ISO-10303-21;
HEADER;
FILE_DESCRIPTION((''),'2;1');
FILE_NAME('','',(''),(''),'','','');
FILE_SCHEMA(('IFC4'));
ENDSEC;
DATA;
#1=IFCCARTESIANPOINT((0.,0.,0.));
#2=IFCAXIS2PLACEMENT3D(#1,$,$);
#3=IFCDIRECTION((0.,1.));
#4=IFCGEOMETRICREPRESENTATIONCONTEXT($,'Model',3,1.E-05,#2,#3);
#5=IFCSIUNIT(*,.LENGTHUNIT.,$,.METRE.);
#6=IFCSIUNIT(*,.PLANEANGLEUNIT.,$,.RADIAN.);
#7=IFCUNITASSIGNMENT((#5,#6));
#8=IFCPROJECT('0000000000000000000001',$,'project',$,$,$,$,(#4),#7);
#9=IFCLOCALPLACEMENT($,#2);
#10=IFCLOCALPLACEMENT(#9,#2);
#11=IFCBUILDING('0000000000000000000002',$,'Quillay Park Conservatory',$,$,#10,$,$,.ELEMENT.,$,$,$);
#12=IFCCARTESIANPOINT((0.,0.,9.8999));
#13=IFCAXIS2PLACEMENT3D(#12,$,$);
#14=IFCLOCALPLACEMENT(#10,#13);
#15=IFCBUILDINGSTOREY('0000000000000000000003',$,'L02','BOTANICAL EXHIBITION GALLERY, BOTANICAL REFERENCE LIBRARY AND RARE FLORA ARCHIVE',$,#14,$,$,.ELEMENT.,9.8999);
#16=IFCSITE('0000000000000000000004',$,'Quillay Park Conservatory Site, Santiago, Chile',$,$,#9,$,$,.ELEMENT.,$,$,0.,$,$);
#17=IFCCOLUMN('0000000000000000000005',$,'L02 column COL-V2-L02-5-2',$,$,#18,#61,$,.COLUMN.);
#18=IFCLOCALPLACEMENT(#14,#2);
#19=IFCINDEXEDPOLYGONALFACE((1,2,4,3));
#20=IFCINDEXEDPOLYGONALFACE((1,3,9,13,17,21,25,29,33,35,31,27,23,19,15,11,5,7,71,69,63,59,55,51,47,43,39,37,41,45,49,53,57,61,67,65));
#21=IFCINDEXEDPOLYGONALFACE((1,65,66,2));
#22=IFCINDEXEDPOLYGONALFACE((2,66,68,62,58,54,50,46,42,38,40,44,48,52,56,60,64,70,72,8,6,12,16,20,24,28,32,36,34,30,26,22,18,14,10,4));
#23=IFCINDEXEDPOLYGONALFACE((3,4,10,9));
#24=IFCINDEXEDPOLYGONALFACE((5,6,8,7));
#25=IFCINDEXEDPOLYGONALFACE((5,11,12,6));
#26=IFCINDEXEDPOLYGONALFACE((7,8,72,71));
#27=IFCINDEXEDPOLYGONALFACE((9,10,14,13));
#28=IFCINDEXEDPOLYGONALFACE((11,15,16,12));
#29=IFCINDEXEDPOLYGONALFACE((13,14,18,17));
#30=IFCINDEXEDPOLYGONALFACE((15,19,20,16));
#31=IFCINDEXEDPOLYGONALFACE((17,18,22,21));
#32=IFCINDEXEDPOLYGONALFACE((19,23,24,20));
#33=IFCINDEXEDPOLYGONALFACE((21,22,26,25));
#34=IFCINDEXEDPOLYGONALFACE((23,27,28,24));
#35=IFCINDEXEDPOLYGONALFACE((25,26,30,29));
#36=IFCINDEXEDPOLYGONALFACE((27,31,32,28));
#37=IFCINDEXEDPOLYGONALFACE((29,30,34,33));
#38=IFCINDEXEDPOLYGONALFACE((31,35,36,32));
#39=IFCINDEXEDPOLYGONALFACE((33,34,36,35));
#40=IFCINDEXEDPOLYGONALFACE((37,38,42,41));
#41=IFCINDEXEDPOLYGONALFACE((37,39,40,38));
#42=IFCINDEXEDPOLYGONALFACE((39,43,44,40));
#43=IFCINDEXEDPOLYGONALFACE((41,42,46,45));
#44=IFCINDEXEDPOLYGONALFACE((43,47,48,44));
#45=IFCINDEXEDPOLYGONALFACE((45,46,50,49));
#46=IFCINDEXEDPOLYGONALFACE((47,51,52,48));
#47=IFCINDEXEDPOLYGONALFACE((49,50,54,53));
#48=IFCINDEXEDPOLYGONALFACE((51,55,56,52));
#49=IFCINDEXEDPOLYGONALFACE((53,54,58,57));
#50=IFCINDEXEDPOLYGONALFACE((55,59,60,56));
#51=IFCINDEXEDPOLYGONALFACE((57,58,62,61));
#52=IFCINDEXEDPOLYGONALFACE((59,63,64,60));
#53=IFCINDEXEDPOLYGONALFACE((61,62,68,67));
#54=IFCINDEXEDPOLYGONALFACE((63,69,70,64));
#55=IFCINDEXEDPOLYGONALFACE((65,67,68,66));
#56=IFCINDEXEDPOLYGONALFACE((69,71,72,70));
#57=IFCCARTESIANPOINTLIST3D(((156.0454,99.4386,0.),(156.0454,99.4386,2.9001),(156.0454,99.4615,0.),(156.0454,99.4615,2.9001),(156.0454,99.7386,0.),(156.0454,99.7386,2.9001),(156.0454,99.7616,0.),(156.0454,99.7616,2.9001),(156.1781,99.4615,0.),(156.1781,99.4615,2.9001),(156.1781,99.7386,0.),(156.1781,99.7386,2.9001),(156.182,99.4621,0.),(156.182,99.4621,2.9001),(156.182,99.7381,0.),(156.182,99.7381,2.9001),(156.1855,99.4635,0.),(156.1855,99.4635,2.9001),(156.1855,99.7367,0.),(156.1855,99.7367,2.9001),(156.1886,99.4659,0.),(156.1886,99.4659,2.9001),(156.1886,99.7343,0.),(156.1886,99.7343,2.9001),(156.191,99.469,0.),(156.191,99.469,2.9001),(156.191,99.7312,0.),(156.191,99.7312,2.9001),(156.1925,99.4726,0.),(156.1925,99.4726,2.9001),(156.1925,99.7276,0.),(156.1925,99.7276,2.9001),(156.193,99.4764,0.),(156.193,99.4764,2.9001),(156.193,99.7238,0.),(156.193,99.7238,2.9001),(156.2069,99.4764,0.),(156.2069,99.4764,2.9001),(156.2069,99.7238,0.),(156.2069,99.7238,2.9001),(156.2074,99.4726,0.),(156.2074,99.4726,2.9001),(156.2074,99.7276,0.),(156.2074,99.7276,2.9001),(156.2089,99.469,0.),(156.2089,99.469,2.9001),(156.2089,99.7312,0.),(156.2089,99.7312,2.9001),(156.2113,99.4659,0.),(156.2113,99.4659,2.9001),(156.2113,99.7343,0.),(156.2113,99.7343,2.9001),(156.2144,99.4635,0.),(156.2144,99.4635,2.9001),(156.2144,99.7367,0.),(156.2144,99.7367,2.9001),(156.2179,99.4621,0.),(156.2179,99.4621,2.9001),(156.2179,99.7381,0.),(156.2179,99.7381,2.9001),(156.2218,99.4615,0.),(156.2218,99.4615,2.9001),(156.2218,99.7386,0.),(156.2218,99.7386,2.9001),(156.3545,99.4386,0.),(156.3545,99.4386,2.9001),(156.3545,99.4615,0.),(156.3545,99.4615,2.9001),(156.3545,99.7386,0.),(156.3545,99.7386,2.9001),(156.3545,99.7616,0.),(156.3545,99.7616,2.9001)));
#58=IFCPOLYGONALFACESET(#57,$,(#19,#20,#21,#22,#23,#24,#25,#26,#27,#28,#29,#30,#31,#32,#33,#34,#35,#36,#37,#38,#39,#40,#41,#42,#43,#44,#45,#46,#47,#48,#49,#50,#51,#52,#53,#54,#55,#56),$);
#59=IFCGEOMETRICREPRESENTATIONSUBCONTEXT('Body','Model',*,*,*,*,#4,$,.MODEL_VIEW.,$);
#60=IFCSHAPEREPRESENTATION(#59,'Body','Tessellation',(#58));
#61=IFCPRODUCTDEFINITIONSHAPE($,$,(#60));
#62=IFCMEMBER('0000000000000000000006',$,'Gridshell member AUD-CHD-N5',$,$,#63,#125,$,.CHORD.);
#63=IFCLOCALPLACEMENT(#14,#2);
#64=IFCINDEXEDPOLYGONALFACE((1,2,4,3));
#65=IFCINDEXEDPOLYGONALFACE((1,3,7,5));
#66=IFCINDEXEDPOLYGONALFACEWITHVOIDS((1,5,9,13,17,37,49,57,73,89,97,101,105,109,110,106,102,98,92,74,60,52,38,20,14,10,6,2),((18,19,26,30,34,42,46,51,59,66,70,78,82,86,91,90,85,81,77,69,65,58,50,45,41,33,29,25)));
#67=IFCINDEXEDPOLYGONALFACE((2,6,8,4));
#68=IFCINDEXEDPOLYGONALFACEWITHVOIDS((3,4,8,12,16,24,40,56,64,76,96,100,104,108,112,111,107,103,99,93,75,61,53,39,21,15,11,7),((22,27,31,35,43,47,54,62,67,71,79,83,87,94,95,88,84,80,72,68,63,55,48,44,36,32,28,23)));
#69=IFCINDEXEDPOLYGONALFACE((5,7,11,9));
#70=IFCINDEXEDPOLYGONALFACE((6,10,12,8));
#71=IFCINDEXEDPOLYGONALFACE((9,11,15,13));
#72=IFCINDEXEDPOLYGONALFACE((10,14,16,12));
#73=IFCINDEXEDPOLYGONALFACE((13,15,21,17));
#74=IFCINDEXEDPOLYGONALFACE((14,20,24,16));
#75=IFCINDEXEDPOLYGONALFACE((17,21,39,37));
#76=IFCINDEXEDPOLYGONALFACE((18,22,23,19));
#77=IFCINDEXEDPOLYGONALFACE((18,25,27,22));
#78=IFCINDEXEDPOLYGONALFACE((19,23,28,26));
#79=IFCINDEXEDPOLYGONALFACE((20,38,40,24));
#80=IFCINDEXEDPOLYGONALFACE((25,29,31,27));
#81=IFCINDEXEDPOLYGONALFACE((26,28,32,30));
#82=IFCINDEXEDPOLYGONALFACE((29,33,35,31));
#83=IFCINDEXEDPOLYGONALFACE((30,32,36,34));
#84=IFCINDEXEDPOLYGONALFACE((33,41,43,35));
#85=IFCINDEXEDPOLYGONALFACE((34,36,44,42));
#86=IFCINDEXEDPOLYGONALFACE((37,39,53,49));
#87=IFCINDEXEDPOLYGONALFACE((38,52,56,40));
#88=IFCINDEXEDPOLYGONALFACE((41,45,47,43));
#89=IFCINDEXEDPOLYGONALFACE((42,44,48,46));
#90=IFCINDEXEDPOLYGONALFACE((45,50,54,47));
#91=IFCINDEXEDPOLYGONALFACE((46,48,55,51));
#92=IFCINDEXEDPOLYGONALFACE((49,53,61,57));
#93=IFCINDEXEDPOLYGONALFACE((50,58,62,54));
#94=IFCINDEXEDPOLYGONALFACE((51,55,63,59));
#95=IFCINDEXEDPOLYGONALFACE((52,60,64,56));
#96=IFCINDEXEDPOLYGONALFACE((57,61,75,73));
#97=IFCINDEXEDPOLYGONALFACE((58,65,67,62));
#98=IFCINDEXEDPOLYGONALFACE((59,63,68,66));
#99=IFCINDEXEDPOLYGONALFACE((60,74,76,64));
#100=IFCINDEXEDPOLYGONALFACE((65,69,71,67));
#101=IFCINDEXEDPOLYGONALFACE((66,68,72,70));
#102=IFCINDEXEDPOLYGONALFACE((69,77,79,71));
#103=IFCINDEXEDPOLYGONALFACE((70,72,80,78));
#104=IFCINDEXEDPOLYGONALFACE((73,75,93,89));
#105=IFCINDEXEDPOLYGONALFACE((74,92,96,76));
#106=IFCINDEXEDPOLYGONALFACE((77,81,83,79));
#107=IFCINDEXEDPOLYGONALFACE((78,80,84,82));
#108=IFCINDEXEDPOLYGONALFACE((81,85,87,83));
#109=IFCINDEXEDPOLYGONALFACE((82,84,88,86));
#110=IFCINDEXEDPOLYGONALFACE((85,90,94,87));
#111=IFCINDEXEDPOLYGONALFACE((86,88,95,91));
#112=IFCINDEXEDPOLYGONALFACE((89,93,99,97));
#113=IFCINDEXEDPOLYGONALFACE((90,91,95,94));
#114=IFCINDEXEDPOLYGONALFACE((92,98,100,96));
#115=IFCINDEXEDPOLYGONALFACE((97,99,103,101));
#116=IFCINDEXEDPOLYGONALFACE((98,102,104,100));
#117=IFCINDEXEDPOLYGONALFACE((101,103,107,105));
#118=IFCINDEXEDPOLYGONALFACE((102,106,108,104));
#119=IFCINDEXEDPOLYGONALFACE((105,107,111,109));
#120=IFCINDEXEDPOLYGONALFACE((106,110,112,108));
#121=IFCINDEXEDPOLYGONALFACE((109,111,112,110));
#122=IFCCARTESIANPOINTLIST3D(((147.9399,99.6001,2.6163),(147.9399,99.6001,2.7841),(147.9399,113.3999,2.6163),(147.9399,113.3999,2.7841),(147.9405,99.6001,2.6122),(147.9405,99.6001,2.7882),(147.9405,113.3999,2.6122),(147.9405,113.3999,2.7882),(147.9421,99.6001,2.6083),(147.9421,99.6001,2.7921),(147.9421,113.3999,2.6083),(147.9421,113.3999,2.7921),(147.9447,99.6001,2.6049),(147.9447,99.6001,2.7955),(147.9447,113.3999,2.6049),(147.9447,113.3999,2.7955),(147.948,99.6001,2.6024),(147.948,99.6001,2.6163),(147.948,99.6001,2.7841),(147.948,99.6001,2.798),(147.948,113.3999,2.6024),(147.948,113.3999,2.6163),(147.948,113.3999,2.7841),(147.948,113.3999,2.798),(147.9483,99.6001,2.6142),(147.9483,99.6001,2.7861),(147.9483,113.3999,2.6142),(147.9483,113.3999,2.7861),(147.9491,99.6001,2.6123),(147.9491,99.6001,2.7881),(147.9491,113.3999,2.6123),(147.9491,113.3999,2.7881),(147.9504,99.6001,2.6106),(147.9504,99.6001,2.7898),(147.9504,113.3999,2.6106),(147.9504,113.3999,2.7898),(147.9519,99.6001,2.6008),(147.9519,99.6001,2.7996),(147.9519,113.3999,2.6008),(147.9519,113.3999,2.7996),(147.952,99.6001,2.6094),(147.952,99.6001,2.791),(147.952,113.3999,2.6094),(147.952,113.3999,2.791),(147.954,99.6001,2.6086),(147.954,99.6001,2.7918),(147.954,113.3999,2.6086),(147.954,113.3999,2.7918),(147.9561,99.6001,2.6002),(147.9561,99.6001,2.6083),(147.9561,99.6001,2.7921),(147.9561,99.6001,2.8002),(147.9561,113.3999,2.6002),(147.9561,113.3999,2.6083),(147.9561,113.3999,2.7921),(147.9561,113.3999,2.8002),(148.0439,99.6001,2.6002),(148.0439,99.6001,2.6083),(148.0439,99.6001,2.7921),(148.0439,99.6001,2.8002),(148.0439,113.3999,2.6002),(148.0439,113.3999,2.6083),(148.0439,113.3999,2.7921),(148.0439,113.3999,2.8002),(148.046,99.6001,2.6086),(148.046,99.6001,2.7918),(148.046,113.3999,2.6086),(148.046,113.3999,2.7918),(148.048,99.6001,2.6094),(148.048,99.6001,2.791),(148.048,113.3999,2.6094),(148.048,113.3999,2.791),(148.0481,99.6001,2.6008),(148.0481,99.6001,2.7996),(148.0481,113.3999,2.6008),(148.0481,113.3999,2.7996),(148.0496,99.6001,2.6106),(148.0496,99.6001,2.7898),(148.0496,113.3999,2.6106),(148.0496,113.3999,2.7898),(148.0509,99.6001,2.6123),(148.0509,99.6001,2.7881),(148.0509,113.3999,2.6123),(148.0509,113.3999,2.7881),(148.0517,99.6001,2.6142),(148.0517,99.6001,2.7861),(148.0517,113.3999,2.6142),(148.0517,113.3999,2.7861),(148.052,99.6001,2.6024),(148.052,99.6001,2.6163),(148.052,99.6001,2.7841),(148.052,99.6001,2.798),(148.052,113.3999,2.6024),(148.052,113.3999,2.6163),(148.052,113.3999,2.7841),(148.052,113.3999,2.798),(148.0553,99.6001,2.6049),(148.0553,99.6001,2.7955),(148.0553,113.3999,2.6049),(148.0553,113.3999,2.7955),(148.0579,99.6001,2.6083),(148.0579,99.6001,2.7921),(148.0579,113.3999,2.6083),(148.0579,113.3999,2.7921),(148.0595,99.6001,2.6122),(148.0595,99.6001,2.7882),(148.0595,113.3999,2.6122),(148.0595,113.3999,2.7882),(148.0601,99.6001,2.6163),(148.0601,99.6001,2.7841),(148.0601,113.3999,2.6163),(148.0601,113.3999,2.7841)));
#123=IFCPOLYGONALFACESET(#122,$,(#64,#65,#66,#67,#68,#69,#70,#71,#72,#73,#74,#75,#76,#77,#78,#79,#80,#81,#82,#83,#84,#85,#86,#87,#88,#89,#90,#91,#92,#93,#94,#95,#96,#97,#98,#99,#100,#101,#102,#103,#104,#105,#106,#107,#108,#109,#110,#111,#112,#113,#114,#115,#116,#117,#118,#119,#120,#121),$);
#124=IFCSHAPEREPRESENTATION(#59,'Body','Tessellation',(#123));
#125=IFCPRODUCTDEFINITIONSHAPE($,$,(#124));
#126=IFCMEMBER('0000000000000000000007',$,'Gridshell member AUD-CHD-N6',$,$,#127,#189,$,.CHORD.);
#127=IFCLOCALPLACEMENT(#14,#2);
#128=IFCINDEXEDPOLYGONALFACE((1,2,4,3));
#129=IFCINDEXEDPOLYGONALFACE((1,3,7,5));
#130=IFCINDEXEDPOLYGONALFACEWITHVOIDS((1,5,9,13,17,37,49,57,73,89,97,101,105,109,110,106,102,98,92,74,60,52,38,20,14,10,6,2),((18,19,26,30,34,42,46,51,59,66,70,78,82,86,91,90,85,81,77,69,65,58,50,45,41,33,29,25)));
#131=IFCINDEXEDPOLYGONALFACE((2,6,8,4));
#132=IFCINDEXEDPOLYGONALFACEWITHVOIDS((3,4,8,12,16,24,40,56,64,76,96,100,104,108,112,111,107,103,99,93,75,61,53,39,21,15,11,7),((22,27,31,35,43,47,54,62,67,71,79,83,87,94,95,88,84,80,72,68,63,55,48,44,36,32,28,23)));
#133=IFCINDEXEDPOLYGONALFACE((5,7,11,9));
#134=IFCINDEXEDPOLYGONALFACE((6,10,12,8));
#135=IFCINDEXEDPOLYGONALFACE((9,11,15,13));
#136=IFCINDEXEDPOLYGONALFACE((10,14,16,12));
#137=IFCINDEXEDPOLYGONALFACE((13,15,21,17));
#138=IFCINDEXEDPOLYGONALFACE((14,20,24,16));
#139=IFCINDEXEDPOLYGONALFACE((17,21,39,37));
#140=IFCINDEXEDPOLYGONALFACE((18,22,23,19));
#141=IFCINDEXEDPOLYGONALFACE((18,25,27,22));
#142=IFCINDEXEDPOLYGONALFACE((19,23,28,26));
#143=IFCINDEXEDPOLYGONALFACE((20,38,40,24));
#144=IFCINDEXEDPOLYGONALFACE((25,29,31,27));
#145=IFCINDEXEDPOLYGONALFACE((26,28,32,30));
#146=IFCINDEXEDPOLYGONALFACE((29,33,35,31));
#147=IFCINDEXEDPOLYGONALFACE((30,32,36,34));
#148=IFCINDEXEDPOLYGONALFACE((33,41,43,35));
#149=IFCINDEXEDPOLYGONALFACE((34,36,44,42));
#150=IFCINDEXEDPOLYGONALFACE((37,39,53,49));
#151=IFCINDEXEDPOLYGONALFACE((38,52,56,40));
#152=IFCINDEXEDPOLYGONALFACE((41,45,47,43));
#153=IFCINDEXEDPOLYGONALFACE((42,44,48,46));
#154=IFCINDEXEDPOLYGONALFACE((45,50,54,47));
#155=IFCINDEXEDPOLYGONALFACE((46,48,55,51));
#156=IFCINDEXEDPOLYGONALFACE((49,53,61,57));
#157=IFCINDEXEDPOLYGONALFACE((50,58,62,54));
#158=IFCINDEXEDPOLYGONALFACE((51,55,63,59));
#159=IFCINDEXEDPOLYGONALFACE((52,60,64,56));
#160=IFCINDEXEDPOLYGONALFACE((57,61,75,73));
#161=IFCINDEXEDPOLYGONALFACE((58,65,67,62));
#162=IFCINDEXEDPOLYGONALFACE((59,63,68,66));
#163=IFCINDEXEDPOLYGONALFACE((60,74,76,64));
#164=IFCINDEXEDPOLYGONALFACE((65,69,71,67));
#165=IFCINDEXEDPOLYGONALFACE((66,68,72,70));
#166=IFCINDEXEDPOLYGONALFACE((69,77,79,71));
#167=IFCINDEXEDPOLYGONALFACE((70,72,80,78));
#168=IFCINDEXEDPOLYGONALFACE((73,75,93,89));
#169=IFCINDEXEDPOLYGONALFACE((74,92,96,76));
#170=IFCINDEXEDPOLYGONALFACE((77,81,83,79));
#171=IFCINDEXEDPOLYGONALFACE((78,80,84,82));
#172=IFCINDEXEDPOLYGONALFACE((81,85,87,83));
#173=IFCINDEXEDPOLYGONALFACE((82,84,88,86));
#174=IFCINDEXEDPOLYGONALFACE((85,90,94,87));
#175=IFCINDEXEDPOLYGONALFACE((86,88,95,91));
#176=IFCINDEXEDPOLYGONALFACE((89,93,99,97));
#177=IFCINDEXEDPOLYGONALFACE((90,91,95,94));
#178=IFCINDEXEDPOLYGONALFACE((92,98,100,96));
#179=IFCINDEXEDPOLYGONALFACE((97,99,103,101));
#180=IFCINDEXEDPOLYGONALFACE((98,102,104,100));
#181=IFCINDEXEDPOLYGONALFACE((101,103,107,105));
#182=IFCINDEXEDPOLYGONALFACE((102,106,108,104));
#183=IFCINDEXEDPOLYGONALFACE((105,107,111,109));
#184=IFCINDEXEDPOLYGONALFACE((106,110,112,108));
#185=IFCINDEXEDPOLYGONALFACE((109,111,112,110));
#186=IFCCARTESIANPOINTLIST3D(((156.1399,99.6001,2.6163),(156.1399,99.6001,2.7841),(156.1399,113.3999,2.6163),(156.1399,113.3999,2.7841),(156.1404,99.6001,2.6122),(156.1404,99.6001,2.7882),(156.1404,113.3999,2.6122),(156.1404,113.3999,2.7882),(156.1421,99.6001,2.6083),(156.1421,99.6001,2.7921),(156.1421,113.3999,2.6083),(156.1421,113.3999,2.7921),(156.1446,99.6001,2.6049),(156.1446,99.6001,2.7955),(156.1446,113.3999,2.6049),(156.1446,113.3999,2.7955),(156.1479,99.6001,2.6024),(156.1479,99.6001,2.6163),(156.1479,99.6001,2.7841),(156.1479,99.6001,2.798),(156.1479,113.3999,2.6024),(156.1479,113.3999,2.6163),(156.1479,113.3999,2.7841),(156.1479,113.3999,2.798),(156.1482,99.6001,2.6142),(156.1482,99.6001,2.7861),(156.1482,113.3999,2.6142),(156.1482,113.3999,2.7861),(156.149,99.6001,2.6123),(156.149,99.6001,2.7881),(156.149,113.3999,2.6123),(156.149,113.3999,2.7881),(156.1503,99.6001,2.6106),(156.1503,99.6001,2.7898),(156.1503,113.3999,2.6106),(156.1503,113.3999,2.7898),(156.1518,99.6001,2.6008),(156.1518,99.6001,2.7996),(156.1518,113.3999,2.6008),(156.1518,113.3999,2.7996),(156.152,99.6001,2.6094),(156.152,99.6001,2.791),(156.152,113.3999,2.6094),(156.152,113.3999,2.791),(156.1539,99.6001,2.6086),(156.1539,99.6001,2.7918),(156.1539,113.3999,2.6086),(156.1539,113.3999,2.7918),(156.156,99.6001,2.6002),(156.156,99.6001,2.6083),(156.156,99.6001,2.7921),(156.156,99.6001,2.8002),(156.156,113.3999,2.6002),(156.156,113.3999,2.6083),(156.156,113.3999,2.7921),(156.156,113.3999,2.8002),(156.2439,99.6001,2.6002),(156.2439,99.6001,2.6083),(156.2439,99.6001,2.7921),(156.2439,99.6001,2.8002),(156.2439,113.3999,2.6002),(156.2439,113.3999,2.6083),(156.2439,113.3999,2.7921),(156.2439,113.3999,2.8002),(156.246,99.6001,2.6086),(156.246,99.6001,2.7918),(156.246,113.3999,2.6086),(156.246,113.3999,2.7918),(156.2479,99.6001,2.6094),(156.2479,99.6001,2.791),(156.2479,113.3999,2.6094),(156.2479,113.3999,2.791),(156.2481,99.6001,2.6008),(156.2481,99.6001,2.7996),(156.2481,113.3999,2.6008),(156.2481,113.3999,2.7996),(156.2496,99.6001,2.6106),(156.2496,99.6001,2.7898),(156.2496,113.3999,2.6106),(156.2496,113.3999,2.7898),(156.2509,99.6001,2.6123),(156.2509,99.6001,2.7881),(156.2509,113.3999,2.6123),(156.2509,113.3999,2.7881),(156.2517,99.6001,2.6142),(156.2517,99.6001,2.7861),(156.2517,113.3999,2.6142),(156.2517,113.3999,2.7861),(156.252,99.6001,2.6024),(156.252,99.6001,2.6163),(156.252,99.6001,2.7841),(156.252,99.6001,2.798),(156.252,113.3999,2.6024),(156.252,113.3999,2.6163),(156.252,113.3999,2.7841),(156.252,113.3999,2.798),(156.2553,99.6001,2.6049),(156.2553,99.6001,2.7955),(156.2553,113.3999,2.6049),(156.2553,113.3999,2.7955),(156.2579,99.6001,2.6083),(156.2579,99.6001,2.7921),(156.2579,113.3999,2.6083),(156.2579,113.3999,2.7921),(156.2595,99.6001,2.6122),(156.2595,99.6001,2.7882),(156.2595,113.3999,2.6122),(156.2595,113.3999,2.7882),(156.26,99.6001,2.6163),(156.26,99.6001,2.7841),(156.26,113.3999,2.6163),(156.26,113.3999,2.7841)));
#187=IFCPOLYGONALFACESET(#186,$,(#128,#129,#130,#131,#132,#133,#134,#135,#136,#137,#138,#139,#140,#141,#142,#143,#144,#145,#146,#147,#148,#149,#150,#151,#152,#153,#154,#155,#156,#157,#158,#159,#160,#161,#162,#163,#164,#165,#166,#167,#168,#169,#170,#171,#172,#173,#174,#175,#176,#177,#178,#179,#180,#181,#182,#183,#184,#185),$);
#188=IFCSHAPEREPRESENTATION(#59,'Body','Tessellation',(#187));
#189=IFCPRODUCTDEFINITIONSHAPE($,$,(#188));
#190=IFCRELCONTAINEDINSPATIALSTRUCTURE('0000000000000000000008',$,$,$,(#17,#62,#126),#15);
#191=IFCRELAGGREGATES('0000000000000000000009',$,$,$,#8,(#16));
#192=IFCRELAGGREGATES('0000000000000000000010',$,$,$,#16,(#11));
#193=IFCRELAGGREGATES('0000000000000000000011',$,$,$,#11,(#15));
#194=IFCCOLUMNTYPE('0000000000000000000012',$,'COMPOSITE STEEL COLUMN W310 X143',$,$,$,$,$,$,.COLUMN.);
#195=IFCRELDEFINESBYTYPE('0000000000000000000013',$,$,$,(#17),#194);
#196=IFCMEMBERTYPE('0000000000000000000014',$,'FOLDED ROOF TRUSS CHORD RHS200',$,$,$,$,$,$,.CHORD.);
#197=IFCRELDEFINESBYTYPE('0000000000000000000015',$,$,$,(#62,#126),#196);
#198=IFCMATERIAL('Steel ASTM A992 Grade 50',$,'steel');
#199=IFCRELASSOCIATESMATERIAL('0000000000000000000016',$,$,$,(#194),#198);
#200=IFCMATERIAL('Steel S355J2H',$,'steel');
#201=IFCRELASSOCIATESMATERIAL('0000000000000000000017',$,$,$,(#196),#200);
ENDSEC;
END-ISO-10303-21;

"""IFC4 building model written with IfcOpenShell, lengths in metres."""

from ifc_helpers import new_model, si_unit, direction, frame, origin, origin_2d, place, context, subcontext, project, spatial, hollow_rectangle, i_section, extrude, material, material_profile, profile_set, type_object, element, save


model = new_model("IFC4")

# Units and contexts
model_context = context("Model", 3, precision=1e-05, world=origin(), true_north=direction((0.0, 1.0)))
body_context = subcontext(model_context, "Body", "Model", "MODEL_VIEW")
ifc_project = project(units=[si_unit("LENGTHUNIT", "METRE"), si_unit("PLANEANGLEUNIT", "RADIAN")], contexts=[model_context])

# Site, building, storey
site_placement = place(None, origin())
site = spatial("IfcSite", under=ifc_project, at=site_placement, Name="Quillay Park Conservatory Site, Santiago, Chile", CompositionType="ELEMENT", RefElevation=0.0)
building_placement = place(site_placement, origin())
building = spatial("IfcBuilding", under=site, at=building_placement, Name="Quillay Park Conservatory", CompositionType="ELEMENT")
storey_placement = place(building_placement, frame((0.0, 0.0, 9.8999)))
storey = spatial("IfcBuildingStorey", under=building, at=storey_placement, Name="L02", Description="BOTANICAL EXHIBITION GALLERY, BOTANICAL REFERENCE LIBRARY AND RARE FLORA ARCHIVE", CompositionType="ELEMENT", Elevation=9.8999)

# Column
ifc_material_1 = material(Name="Steel ASTM A992 Grade 50", Category="steel")
ifc_material_profile_1 = material_profile(ifc_material_1, i_section(OverallWidth=0.3091, OverallDepth=0.323, WebThickness=0.0139, FlangeThickness=0.0229, FilletRadius=0.0149, at=origin_2d()), Name="W310x143")
ifc_profile_set_1 = profile_set([ifc_material_profile_1], Name="Steel ASTM A992 Grade 50")
column_type = type_object("IfcColumnType", Name="COMPOSITE STEEL COLUMN W310 X143", PredefinedType="COLUMN", material=ifc_profile_set_1)
column_placement = place(storey_placement, frame((156.2, 99.6001, 0.0), z_axis=(0.0, 0.0, 1.0), x_axis=(1.0, 0.0, 0.0)))
element("IfcColumn", 1, at=column_placement, inside=storey, type_object=column_type, Name="L02 column COL-V2-L02-5-2", PredefinedType="COLUMN", context=body_context, shape_type="SweptSolid", body=[
    extrude(i_section(OverallWidth=0.3091, OverallDepth=0.323, WebThickness=0.0139, FlangeThickness=0.0229, FilletRadius=0.0149, at=origin_2d()), origin(), (0.0, 0.0, 1.0), 2.9001),
])

# Members
ifc_material_2 = material(Name="Steel S355J2H", Category="steel")
ifc_material_profile_2 = material_profile(ifc_material_2, hollow_rectangle(XDim=0.1201, YDim=0.2, WallThickness=0.0081, InnerFilletRadius=0.0081, OuterFilletRadius=0.0161, at=origin_2d()), Name="RHS200x120x8")
ifc_profile_set_2 = profile_set([ifc_material_profile_2], Name="Steel S355J2H")
member_type = type_object("IfcMemberType", Name="FOLDED ROOF TRUSS CHORD RHS200", PredefinedType="CHORD", material=ifc_profile_set_2)
for number, where, z_axis, x_axis, name in (
    (2, (148.0, 99.6001, 2.7002), (0.0, 1.0, 0.0), (-1.0, 0.0, 0.0), "Gridshell member AUD-CHD-N5"),
    (3, (156.2, 99.6001, 2.7002), (0.0, 1.0, 0.0), (-1.0, 0.0, 0.0), "Gridshell member AUD-CHD-N6"),
):
    element("IfcMember", number, at=place(storey_placement, frame(where, z_axis=z_axis, x_axis=x_axis)), inside=storey, type_object=member_type, Name=name, PredefinedType="CHORD", context=body_context, shape_type="SweptSolid", body=[
        extrude(hollow_rectangle(XDim=0.1201, YDim=0.2, WallThickness=0.0081, InnerFilletRadius=0.0081, OuterFilletRadius=0.0161, at=origin_2d()), origin(), (0.0, 0.0, 1.0), 13.7998),
    ])

save(model, "model.ifc")
